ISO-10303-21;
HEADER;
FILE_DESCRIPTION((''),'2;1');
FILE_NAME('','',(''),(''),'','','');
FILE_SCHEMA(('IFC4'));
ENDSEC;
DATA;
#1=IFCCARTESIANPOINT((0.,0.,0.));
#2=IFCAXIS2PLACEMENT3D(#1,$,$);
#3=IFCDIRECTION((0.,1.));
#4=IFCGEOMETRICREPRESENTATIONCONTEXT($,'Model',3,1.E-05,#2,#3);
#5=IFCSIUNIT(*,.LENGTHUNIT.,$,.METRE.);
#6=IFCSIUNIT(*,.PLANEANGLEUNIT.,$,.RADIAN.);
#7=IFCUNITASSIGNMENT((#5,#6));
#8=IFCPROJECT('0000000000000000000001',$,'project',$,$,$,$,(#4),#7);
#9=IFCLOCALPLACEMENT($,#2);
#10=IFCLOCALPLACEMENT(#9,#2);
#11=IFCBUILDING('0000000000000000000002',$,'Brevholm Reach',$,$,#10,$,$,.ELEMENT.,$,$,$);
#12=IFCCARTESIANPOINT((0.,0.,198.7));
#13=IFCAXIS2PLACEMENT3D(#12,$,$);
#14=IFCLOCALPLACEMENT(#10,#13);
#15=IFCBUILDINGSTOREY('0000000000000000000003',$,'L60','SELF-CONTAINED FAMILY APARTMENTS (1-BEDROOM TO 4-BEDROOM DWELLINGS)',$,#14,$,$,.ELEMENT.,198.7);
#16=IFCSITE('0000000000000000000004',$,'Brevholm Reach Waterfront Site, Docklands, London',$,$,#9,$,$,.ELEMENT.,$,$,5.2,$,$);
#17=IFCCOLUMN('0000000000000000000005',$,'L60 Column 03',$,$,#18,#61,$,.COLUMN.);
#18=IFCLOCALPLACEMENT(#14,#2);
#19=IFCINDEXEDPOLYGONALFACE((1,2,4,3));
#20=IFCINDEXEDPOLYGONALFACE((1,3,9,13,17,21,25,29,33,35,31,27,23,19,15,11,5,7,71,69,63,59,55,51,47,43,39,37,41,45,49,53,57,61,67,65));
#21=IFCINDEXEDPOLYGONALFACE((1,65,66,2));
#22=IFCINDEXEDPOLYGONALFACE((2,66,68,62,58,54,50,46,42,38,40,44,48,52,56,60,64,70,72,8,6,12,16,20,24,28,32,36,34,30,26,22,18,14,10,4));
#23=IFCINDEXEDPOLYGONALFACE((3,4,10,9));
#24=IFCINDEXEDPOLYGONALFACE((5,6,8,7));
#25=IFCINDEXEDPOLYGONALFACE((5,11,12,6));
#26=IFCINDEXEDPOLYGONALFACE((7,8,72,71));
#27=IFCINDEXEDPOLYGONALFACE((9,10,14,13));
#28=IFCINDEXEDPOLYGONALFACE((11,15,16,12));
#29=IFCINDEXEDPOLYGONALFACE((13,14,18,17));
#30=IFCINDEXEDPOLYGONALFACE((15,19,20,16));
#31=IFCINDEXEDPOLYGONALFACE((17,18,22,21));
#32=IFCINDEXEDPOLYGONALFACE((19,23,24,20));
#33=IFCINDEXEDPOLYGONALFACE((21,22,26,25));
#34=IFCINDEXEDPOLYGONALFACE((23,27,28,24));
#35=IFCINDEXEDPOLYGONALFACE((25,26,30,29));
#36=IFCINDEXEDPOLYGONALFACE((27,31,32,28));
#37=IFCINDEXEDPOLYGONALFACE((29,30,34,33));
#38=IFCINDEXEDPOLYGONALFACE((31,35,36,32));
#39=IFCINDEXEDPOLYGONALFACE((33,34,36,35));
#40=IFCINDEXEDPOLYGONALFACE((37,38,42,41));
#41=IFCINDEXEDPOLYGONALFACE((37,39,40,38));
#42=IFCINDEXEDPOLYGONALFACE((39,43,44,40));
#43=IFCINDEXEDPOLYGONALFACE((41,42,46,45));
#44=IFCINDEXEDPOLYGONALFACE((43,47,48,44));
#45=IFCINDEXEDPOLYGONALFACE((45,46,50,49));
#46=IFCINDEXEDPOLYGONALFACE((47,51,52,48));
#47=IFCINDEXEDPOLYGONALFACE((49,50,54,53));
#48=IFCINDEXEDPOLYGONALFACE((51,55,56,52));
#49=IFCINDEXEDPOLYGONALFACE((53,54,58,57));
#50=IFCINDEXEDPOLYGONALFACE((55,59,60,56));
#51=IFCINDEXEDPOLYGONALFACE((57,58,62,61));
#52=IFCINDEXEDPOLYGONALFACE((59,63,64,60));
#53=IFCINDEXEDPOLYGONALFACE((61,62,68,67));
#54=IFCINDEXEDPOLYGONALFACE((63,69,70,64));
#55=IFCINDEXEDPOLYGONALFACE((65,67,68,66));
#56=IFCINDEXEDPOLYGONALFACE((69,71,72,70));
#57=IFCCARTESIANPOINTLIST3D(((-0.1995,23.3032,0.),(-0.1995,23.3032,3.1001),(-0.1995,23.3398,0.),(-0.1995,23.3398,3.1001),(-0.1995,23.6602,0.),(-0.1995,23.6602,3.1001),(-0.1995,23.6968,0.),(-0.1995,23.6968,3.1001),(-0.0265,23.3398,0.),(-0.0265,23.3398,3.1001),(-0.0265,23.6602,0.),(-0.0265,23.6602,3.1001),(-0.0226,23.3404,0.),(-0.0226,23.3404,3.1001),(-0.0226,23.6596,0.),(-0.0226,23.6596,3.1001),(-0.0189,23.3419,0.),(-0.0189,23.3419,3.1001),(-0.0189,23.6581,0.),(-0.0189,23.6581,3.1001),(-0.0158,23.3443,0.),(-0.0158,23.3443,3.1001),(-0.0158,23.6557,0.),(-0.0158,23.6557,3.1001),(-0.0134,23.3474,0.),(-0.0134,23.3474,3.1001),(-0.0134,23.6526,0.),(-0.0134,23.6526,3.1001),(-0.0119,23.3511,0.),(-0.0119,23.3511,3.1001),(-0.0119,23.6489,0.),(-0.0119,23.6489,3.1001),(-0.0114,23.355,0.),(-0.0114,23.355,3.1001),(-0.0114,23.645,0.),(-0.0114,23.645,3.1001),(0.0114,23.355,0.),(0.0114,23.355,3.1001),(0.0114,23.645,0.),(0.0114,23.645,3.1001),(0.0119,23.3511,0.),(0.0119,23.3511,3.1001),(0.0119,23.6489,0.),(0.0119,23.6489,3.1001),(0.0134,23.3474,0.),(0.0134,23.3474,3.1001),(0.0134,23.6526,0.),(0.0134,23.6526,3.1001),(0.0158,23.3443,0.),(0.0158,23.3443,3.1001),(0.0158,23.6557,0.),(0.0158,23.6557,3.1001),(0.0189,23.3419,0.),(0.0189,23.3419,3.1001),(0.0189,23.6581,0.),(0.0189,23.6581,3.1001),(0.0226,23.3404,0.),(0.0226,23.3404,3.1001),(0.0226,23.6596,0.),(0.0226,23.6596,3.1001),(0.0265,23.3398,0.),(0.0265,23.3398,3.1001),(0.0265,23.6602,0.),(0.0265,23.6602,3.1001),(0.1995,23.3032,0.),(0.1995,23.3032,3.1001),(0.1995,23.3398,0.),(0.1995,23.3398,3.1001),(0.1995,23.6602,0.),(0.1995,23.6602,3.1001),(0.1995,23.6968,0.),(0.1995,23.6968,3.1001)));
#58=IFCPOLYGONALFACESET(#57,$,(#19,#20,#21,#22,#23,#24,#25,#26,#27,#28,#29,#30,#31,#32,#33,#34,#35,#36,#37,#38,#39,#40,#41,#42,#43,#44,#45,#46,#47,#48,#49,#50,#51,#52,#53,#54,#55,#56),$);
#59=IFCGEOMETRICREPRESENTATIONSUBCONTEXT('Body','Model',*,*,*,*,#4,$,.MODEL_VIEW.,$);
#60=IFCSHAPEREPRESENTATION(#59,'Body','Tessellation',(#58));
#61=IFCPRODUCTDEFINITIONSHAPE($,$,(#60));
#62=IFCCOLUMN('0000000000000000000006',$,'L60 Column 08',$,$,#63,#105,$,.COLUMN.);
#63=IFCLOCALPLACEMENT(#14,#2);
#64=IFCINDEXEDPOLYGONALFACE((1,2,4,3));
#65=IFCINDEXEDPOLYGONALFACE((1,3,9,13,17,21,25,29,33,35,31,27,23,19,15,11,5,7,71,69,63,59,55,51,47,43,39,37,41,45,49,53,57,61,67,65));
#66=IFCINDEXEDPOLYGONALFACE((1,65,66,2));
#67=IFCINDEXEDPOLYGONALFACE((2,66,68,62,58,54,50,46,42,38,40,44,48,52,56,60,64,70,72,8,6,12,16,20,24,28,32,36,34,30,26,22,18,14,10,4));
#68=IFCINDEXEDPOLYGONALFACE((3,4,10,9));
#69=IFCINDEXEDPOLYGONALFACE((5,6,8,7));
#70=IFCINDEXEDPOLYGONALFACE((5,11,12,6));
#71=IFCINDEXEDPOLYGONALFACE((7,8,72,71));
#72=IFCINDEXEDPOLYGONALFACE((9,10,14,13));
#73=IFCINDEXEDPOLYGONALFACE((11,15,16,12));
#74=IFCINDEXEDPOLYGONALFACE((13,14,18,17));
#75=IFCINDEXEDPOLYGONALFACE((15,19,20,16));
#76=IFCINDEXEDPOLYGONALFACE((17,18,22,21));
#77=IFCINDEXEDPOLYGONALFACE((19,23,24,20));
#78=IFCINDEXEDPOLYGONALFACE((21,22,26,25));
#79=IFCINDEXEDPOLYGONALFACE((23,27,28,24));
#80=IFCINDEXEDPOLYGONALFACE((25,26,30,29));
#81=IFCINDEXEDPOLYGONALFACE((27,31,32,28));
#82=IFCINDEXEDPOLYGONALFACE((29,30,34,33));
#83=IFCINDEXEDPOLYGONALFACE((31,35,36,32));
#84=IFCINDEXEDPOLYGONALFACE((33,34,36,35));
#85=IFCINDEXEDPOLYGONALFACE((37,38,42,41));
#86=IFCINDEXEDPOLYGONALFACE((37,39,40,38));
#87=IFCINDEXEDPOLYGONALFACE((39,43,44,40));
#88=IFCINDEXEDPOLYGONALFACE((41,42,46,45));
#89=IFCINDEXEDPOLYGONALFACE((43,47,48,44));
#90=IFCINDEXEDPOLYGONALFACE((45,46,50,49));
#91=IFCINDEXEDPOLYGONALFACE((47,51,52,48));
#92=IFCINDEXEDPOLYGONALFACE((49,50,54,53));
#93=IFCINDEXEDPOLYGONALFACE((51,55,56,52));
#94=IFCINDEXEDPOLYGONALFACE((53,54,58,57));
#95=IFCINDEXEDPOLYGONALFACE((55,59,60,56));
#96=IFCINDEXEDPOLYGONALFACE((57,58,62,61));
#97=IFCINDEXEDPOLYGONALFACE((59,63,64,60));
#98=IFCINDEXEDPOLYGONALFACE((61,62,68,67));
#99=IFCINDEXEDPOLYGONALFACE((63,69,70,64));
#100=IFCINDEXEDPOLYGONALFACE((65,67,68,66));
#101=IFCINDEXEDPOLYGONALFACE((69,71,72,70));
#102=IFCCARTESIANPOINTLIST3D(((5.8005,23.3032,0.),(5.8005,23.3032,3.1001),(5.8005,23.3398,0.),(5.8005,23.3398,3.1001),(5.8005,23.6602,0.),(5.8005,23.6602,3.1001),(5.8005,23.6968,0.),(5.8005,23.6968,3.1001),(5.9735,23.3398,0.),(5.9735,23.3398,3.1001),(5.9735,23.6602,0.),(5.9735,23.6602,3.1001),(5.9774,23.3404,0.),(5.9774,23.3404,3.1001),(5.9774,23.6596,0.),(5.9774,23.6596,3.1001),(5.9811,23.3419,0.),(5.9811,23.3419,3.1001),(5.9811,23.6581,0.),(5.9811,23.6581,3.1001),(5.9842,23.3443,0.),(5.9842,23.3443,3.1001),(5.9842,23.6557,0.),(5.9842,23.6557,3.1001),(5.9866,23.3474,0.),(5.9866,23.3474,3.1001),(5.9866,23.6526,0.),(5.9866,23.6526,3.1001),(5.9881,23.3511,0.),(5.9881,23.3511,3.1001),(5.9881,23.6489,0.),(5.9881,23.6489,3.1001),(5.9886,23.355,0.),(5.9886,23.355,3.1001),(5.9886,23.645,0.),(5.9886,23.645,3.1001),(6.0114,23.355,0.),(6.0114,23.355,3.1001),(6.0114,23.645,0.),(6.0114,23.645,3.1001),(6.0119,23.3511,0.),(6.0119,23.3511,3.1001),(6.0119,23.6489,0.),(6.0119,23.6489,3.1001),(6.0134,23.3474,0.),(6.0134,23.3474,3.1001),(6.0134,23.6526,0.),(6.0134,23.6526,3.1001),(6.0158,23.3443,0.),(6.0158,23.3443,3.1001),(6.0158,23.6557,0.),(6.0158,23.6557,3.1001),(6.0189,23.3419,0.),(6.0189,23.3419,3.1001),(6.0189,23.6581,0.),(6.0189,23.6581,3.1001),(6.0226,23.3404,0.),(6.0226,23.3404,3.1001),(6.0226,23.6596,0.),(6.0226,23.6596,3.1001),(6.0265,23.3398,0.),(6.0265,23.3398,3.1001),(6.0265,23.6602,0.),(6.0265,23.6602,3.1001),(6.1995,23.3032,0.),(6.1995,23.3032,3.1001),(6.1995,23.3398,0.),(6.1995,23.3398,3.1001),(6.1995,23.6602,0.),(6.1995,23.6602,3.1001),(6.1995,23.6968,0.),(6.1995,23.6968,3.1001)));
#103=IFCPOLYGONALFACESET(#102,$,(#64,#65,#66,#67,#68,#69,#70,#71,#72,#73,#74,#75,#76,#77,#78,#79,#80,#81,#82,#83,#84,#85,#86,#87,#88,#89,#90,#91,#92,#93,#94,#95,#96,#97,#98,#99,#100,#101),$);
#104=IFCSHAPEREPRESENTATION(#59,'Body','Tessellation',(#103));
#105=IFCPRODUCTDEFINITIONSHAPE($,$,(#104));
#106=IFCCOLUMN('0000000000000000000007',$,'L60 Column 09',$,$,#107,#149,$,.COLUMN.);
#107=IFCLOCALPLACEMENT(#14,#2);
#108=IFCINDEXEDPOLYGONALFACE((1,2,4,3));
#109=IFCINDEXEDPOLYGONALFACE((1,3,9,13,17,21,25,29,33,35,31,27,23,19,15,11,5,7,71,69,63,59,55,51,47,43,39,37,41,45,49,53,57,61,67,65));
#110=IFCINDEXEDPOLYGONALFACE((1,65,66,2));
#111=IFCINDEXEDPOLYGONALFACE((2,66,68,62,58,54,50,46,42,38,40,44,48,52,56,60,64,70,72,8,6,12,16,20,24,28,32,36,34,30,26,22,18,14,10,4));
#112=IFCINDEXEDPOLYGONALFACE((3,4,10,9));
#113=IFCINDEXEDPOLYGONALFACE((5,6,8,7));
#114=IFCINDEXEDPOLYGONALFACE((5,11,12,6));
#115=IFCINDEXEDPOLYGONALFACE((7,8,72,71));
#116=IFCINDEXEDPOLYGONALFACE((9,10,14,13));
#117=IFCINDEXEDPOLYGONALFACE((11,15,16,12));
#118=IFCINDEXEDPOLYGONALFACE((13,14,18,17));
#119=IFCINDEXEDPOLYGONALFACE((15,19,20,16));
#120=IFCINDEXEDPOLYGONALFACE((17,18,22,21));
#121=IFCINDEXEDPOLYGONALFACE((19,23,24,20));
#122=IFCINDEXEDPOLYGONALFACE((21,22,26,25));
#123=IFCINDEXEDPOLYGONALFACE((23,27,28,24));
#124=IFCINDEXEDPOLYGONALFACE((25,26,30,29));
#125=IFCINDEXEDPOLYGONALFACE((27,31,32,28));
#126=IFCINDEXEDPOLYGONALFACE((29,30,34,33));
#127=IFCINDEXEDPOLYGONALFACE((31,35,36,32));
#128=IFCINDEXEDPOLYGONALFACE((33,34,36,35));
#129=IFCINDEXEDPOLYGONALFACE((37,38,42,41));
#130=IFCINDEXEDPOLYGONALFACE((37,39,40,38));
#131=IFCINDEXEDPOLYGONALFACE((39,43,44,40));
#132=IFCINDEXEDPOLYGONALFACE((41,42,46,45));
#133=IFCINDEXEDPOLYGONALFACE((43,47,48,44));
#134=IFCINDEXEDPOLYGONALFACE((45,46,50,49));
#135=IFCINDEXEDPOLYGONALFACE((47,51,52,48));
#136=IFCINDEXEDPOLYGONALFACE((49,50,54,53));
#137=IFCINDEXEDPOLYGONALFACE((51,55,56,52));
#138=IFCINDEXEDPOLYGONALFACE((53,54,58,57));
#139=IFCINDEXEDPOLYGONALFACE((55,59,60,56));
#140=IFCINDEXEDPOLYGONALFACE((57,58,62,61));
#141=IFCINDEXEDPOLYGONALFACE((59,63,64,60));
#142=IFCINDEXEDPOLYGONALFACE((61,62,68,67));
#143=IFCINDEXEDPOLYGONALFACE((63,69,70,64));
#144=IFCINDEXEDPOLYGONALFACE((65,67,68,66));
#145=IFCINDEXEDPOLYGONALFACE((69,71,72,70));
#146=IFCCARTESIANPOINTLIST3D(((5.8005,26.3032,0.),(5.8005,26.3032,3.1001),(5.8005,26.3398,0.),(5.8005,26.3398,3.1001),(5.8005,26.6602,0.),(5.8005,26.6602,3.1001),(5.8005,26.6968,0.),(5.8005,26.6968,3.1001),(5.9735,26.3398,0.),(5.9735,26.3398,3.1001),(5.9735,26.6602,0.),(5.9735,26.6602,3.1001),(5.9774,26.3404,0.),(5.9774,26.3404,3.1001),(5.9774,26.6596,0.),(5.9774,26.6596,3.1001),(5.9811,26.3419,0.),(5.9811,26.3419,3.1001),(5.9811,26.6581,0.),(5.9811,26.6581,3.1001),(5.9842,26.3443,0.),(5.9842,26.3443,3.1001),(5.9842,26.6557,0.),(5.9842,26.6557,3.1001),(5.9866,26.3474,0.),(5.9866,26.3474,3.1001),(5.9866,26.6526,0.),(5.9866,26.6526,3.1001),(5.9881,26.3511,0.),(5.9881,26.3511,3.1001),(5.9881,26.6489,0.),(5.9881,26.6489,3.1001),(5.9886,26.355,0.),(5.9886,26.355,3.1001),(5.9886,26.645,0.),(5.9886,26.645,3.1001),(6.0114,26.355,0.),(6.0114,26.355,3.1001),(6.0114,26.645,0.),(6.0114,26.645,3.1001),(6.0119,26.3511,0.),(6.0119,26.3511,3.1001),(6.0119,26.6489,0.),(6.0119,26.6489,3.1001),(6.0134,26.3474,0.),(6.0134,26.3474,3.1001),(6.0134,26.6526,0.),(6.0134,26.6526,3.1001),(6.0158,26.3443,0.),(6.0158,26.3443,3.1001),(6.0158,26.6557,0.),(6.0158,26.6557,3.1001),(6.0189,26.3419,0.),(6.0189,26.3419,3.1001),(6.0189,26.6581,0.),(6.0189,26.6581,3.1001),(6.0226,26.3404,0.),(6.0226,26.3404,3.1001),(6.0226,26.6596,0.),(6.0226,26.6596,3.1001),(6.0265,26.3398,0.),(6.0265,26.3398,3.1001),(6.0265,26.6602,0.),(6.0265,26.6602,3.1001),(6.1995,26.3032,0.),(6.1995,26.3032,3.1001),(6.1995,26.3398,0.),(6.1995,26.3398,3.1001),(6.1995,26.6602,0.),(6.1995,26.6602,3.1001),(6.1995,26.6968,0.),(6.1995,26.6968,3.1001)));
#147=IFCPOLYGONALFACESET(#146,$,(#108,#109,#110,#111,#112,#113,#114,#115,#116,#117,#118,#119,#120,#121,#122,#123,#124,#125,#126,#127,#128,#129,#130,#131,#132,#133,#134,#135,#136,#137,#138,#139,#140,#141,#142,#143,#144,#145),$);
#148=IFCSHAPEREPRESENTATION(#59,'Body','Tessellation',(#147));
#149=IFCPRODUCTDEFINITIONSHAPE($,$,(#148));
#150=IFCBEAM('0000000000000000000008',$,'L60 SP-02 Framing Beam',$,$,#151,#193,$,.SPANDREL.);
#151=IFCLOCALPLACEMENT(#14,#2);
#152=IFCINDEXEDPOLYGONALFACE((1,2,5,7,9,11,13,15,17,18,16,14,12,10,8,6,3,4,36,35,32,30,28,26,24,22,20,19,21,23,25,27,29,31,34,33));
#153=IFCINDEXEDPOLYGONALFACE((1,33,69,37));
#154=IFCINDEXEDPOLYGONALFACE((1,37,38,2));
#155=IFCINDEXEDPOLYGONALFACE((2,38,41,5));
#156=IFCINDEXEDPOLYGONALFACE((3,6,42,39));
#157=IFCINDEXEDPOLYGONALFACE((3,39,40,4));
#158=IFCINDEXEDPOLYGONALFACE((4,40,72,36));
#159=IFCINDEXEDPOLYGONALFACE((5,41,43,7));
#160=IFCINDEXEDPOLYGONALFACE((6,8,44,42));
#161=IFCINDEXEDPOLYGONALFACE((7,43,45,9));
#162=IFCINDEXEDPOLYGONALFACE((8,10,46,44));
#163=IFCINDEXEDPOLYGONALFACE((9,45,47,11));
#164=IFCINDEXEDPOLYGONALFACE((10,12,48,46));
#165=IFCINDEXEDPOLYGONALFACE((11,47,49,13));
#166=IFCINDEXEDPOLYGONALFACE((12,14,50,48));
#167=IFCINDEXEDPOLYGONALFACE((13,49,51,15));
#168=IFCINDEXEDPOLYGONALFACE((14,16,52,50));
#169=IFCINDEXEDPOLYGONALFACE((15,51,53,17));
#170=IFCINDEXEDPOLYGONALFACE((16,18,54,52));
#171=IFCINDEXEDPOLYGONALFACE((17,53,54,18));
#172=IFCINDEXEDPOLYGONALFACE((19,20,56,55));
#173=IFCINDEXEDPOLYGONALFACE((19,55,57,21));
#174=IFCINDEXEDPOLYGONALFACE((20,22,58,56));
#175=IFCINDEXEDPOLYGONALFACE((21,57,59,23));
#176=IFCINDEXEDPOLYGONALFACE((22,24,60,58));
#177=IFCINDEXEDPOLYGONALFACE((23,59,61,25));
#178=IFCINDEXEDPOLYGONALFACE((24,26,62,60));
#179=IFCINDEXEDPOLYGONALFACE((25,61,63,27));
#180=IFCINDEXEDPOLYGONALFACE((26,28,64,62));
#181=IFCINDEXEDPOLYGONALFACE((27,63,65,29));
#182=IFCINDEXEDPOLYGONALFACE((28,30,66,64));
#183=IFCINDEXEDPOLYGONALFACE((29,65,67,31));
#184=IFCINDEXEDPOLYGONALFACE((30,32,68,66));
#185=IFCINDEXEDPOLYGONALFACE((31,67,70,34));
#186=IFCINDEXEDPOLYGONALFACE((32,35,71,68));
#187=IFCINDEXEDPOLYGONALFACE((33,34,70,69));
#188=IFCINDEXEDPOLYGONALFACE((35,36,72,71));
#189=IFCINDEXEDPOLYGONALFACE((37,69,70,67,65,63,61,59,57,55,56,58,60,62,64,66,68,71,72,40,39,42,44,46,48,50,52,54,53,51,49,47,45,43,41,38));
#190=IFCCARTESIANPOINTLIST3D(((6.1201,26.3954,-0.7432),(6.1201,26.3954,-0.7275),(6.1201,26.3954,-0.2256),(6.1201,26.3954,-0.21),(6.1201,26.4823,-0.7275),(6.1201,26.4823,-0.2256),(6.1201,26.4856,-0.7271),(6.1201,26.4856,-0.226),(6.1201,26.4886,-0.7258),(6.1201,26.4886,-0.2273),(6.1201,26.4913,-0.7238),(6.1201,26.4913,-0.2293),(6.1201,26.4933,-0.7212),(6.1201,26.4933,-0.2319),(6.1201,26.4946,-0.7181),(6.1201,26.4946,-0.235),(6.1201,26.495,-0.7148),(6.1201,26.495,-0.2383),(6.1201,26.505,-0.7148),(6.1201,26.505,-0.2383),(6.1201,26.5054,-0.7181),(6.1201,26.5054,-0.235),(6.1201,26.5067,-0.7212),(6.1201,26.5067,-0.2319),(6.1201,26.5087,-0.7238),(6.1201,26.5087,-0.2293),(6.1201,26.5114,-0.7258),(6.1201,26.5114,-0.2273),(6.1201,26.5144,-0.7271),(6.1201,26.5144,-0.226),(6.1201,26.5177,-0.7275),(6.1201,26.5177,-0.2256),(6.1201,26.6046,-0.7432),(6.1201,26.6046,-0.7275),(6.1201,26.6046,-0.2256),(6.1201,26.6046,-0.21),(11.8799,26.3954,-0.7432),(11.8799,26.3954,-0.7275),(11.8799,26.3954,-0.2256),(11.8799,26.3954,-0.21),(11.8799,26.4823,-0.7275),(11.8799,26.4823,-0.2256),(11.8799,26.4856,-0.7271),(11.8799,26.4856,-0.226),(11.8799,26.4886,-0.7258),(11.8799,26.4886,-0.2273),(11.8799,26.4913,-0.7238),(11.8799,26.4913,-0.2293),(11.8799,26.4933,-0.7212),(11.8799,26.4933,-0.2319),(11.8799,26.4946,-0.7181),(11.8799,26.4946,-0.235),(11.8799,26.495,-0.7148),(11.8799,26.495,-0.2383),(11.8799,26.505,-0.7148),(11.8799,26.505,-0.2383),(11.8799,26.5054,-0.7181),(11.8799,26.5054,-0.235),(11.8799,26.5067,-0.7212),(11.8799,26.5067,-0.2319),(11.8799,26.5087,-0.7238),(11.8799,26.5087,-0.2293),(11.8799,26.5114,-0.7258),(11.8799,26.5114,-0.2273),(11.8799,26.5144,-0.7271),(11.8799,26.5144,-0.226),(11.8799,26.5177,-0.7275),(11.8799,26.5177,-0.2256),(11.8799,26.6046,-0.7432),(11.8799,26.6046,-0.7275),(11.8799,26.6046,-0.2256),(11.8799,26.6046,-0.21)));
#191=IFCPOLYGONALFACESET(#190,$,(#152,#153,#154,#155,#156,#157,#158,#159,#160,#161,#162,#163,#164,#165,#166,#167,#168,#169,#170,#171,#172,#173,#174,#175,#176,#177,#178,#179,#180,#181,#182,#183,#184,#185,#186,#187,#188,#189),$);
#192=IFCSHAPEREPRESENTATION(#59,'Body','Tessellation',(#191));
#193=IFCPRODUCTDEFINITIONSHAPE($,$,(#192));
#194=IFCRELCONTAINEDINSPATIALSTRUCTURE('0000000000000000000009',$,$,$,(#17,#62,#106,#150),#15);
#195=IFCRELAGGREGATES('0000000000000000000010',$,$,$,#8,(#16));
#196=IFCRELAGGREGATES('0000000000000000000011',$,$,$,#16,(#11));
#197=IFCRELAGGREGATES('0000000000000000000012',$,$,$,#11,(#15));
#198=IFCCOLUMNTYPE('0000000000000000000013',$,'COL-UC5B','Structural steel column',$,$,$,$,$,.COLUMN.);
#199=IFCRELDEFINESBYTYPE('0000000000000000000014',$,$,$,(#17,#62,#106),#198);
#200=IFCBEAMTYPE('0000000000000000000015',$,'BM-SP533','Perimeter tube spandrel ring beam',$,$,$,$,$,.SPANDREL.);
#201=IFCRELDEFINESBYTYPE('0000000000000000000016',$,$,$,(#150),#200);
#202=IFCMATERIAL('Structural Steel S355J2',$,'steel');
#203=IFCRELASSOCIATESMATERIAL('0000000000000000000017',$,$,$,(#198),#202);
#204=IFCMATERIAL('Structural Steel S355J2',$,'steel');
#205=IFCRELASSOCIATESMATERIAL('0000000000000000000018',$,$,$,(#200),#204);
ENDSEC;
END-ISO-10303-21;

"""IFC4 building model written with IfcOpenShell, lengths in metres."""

from ifc_helpers import new_model, si_unit, direction, frame, origin, origin_2d, place, context, subcontext, project, spatial, i_section, extrude, material, material_profile, profile_set, type_object, element, save


model = new_model("IFC4")

# Units and contexts
model_context = context("Model", 3, precision=1e-05, world=origin(), true_north=direction((0.0, 1.0)))
body_context = subcontext(model_context, "Body", "Model", "MODEL_VIEW")
ifc_project = project(units=[si_unit("LENGTHUNIT", "METRE"), si_unit("PLANEANGLEUNIT", "RADIAN")], contexts=[model_context])

# Site, building, storey
site_placement = place(None, origin())
site = spatial("IfcSite", under=ifc_project, at=site_placement, Name="Brevholm Reach Waterfront Site, Docklands, London", CompositionType="ELEMENT", RefElevation=5.2)
building_placement = place(site_placement, origin())
building = spatial("IfcBuilding", under=site, at=building_placement, Name="Brevholm Reach", CompositionType="ELEMENT")
storey_placement = place(building_placement, frame((0.0, 0.0, 198.7)))
storey = spatial("IfcBuildingStorey", under=building, at=storey_placement, Name="L60", Description="SELF-CONTAINED FAMILY APARTMENTS (1-BEDROOM TO 4-BEDROOM DWELLINGS)", CompositionType="ELEMENT", Elevation=198.7)

# Columns
ifc_material_1 = material(Name="Structural Steel S355J2", Category="steel")
ifc_material_profile_1 = material_profile(ifc_material_1, i_section(OverallWidth=0.3989, OverallDepth=0.3936, WebThickness=0.0227, FlangeThickness=0.0366, FilletRadius=0.0151, at=origin_2d()), Name="UKC 356x406x287")
ifc_profile_set_1 = profile_set([ifc_material_profile_1], Name="Structural Steel S355J2")
column_type = type_object("IfcColumnType", Name="COL-UC5B", Description="Structural steel column", PredefinedType="COLUMN", material=ifc_profile_set_1)
for number, where, z_axis, x_axis, name in (
    (1, (0.0, 23.5, 0.0), (0.0, 0.0, 1.0), (1.0, 0.0, 0.0), "L60 Column 03"),
    (2, (6.0, 23.5, 0.0), (0.0, 0.0, 1.0), (1.0, 0.0, 0.0), "L60 Column 08"),
    (3, (6.0, 26.5, 0.0), (0.0, 0.0, 1.0), (1.0, 0.0, 0.0), "L60 Column 09"),
):
    element("IfcColumn", number, at=place(storey_placement, frame(where, z_axis=z_axis, x_axis=x_axis)), inside=storey, type_object=column_type, Name=name, PredefinedType="COLUMN", context=body_context, shape_type="SweptSolid", body=[
        extrude(i_section(OverallWidth=0.3989, OverallDepth=0.3936, WebThickness=0.0227, FlangeThickness=0.0366, FilletRadius=0.0151, at=origin_2d()), origin(), (0.0, 0.0, 1.0), 3.1001),
    ])

# Beam
ifc_material_2 = material(Name="Structural Steel S355J2", Category="steel")
ifc_material_profile_2 = material_profile(ifc_material_2, i_section(OverallWidth=0.2092, OverallDepth=0.5332, WebThickness=0.01, FlangeThickness=0.0156, FilletRadius=0.0127, at=origin_2d()), Name="UKB 533x210x92")
ifc_profile_set_2 = profile_set([ifc_material_profile_2], Name="Structural Steel S355J2")
beam_type_1 = type_object("IfcBeamType", Name="BM-SP533", Description="Perimeter tube spandrel ring beam", PredefinedType="SPANDREL", material=ifc_profile_set_2)
beam_1_placement = place(storey_placement, frame((6.1201, 26.5, -0.4766), z_axis=(1.0, 0.0, 0.0), x_axis=(0.0, 1.0, 0.0)))
element("IfcBeam", 4, at=beam_1_placement, inside=storey, type_object=beam_type_1, Name="L60 SP-02 Framing Beam", PredefinedType="SPANDREL", context=body_context, shape_type="SweptSolid", body=[
    extrude(i_section(OverallWidth=0.2092, OverallDepth=0.5332, WebThickness=0.01, FlangeThickness=0.0156, FilletRadius=0.0127, at=origin_2d()), origin(), (0.0, 0.0, 1.0), 5.7598),
])

save(model, "model.ifc")
